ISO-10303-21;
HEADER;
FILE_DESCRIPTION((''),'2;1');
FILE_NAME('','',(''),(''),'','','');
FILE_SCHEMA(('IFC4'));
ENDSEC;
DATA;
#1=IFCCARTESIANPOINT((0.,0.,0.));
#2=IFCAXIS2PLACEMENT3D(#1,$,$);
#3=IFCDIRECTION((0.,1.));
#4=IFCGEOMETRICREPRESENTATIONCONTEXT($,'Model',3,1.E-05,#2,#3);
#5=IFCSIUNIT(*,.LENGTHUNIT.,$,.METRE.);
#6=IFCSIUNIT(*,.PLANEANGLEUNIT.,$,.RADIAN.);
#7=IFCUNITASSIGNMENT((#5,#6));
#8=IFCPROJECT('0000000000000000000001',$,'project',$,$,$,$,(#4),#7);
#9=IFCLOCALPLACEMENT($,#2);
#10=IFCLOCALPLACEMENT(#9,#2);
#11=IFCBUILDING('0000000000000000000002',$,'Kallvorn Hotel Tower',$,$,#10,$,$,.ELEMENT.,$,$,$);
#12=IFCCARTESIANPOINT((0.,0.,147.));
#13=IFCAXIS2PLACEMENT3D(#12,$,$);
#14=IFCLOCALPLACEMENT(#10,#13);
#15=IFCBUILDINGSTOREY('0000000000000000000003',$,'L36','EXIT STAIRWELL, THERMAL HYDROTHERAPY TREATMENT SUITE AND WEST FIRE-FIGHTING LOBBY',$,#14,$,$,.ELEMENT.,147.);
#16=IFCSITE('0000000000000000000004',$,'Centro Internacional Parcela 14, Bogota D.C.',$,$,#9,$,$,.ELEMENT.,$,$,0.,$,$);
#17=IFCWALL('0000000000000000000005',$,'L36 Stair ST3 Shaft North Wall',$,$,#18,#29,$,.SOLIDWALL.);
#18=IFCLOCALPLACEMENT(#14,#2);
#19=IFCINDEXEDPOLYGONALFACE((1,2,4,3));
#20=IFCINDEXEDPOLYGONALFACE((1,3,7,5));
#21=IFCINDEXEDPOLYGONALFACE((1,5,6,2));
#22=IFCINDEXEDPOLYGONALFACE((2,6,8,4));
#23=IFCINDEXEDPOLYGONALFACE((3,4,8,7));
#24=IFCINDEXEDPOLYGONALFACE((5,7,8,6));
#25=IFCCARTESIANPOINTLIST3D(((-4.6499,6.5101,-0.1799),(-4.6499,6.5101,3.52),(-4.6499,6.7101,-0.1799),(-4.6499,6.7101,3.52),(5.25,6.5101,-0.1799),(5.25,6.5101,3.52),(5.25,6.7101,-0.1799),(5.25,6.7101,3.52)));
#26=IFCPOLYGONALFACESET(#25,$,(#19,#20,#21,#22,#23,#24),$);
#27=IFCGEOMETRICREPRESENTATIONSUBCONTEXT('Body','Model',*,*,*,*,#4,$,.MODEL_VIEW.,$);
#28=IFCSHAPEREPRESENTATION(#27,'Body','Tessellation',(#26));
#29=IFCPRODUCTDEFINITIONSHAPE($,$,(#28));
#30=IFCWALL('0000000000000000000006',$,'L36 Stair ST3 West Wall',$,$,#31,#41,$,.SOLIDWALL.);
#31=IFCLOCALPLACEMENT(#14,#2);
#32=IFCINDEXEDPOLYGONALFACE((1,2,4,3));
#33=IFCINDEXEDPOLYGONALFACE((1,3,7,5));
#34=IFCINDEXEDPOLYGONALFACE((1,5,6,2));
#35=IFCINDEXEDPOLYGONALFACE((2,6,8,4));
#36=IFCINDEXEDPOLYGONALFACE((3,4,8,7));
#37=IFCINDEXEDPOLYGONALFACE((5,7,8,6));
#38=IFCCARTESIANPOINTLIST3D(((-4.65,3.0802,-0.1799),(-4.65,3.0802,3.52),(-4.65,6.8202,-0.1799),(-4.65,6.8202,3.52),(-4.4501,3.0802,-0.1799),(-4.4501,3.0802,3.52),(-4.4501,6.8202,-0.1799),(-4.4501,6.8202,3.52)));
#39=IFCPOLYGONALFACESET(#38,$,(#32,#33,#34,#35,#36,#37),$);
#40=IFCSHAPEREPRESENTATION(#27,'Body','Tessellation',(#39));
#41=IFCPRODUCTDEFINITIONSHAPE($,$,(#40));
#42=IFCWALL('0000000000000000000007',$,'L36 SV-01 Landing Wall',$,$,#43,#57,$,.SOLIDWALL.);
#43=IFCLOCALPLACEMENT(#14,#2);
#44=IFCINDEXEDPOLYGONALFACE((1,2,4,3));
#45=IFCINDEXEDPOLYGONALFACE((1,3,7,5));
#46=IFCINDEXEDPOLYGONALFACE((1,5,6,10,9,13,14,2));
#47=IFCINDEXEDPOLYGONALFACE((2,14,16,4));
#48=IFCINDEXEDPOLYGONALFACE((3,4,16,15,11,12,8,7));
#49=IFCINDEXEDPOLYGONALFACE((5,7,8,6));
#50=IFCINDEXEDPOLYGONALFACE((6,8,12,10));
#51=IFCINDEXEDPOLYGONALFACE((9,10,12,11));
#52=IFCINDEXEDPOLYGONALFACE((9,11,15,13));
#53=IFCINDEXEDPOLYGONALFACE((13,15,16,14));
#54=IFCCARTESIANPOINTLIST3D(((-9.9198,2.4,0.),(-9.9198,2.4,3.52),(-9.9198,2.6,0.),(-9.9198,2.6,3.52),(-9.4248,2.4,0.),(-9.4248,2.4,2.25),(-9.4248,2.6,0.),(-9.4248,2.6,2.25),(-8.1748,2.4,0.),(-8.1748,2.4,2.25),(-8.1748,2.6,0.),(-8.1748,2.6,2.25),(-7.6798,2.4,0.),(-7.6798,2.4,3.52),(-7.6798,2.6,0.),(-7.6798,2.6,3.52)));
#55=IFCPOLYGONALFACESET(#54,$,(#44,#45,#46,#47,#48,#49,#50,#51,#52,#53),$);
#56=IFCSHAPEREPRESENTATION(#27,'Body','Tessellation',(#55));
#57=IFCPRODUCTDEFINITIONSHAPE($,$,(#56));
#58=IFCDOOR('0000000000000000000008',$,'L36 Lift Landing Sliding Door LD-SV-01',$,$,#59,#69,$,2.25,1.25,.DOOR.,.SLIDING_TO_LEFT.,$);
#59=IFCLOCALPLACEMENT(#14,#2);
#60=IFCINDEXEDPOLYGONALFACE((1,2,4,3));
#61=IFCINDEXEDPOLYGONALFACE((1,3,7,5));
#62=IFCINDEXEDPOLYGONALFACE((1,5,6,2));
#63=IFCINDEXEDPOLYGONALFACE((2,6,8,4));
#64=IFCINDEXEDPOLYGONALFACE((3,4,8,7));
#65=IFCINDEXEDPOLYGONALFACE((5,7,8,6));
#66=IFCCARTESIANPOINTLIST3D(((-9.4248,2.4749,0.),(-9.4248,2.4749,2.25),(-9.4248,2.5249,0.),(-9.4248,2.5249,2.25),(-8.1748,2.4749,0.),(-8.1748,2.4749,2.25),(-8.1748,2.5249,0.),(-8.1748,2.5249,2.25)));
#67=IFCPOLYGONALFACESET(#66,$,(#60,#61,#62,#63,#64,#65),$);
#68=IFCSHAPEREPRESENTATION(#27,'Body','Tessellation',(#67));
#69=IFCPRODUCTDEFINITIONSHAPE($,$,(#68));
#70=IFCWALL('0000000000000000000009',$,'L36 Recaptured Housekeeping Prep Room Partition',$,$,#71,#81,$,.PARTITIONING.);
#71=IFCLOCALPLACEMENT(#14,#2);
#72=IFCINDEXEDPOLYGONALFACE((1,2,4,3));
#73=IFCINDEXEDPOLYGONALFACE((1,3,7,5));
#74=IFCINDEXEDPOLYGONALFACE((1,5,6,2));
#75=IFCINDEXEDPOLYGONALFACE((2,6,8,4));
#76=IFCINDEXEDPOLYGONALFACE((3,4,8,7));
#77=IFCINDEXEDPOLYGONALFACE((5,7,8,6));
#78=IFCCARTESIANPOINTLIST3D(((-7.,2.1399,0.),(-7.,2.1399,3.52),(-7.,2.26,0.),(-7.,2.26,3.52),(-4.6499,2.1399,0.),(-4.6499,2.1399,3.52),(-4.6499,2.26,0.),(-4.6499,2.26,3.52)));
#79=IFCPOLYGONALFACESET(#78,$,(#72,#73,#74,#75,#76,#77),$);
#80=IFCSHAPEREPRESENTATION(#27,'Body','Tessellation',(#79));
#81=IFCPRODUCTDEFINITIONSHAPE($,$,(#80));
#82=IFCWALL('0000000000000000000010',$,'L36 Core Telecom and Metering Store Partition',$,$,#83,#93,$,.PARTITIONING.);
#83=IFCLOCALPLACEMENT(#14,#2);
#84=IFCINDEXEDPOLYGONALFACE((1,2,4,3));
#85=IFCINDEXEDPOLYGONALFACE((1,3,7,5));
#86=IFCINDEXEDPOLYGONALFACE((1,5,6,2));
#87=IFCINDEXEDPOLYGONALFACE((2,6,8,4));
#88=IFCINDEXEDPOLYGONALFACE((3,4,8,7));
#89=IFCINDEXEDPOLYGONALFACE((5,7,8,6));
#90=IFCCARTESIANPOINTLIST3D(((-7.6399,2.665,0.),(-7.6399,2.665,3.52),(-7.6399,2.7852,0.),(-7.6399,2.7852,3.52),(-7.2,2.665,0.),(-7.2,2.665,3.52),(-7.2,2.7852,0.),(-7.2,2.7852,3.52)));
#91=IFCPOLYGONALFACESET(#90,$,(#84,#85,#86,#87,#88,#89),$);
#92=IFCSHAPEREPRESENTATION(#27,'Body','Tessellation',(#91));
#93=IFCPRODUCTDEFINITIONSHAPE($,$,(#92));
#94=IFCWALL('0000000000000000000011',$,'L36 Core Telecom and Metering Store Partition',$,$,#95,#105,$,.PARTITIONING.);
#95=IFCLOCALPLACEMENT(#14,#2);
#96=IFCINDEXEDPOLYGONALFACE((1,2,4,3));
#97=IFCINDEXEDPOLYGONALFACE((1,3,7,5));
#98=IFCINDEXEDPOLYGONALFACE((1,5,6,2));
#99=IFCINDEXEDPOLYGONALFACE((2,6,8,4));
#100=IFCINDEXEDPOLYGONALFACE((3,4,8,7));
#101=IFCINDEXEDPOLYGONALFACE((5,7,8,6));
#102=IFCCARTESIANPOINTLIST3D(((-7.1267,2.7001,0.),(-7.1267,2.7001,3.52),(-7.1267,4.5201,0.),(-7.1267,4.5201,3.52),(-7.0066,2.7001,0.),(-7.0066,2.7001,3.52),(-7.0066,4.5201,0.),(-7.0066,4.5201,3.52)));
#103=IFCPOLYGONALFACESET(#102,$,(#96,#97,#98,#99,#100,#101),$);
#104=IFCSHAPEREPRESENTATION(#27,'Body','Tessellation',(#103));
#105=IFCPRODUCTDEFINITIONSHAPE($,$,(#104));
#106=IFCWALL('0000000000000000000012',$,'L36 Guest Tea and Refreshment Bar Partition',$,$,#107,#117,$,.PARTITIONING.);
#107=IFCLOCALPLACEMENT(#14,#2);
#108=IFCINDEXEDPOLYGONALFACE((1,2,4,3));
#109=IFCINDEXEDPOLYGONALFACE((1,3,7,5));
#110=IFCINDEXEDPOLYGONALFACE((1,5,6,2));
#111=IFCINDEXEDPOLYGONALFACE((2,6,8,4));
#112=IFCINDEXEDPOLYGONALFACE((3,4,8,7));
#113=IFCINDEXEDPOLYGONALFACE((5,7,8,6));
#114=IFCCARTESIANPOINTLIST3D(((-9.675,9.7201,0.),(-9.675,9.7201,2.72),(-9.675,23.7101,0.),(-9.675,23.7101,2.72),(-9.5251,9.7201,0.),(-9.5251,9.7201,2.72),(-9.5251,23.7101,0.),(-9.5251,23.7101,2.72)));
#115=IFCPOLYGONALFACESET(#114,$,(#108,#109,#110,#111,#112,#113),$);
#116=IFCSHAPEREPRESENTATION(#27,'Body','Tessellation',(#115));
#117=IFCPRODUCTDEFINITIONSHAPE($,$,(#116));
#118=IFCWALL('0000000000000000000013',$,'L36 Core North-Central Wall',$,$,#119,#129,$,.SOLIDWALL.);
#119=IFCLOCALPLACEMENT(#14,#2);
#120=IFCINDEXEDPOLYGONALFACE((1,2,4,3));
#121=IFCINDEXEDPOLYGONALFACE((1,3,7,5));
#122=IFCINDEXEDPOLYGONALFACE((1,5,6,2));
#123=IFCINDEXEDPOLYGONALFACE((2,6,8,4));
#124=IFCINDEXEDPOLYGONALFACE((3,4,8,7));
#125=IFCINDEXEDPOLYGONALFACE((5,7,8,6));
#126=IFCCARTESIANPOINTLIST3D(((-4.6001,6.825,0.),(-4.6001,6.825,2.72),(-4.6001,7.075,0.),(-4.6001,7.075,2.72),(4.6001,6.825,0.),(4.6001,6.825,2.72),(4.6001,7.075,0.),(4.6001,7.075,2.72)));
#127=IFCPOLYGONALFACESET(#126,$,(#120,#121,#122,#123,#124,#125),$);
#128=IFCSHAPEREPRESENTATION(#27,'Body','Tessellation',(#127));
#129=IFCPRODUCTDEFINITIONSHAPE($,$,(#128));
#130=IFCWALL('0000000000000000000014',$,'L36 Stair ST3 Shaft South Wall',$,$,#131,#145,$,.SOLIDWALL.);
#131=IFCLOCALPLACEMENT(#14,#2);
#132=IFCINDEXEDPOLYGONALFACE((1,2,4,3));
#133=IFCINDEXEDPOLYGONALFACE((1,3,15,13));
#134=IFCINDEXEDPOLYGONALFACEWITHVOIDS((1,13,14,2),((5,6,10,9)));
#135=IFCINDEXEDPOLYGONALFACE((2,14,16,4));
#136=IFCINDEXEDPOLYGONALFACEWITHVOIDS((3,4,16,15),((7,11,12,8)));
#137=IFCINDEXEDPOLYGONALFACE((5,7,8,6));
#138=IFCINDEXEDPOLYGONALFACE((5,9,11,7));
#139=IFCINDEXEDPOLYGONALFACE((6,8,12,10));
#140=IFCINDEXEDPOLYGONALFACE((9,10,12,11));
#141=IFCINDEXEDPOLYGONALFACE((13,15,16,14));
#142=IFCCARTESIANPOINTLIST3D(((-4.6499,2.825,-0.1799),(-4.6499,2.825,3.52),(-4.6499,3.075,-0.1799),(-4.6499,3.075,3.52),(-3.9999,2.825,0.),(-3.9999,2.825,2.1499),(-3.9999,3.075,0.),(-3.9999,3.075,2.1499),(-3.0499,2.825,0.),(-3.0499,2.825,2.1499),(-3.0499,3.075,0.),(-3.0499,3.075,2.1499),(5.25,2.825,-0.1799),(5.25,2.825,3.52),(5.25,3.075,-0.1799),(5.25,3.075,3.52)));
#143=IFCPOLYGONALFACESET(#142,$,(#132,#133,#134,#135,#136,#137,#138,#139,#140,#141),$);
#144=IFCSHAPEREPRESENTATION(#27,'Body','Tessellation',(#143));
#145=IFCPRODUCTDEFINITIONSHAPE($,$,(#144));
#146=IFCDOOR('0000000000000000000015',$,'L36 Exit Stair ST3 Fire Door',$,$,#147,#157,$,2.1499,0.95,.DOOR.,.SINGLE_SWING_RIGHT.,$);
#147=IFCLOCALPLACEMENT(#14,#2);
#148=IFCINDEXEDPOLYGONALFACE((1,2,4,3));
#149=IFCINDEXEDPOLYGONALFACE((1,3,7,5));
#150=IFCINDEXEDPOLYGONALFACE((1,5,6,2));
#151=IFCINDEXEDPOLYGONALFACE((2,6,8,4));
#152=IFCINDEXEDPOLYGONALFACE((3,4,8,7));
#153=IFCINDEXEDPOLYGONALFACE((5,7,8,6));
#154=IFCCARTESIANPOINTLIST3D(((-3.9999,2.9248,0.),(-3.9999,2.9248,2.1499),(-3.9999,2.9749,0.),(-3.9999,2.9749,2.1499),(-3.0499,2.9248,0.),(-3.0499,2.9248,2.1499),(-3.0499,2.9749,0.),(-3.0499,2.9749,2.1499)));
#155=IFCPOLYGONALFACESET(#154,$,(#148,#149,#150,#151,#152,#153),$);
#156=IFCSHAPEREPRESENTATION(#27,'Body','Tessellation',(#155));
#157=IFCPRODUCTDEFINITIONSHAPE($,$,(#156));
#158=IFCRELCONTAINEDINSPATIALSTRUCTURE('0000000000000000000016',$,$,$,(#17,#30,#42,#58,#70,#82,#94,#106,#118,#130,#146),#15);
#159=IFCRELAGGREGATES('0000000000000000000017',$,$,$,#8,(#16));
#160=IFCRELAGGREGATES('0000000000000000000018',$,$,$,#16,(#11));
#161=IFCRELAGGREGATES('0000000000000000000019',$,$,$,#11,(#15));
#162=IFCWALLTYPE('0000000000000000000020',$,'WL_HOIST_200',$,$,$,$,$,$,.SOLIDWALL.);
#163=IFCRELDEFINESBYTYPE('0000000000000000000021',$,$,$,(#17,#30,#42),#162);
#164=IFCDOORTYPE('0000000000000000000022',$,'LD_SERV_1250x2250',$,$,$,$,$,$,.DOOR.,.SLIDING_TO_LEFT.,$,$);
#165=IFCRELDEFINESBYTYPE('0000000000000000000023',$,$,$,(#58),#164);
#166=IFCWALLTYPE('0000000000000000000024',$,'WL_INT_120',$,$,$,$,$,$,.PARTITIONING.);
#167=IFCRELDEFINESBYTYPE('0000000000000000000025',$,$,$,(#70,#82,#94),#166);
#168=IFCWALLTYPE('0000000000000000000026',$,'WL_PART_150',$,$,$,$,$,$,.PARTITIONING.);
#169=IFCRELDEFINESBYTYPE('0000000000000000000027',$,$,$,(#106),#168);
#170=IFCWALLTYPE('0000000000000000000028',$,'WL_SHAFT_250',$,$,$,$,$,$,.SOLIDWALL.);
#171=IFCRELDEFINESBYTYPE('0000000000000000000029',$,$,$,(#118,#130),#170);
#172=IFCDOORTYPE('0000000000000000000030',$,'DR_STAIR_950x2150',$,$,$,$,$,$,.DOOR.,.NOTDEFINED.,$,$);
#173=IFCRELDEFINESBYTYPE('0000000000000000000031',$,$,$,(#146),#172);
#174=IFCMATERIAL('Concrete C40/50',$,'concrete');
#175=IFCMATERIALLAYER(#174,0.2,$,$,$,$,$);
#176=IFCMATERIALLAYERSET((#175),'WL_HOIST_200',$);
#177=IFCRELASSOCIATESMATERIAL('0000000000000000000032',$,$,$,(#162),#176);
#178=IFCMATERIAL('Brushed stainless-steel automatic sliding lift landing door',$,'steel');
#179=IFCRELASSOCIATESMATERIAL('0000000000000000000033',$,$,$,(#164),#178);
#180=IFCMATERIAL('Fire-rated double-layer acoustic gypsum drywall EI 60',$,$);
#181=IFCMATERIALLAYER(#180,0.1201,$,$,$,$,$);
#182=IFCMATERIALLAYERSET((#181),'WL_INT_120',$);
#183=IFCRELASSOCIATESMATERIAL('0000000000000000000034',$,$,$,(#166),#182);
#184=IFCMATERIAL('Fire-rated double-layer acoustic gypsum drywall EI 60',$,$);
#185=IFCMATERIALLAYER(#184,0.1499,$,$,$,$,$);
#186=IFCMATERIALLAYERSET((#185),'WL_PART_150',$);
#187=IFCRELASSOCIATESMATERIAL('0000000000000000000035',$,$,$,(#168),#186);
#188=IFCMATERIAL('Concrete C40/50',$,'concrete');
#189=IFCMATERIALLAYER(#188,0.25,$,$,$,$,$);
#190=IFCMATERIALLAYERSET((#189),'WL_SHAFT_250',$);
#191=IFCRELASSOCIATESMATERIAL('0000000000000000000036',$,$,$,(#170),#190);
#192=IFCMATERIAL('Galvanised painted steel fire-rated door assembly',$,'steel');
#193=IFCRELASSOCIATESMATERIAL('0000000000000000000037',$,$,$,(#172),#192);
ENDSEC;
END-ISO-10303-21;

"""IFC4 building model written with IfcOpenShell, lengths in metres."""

from ifc_helpers import new_model, si_unit, direction, frame, frame_2d, origin, place, context, subcontext, project, spatial, rectangle, extrude, material, layer, layer_set, type_object, element, fill, save


model = new_model("IFC4")

# Units and contexts
model_context = context("Model", 3, precision=1e-05, world=origin(), true_north=direction((0.0, 1.0)))
body_context = subcontext(model_context, "Body", "Model", "MODEL_VIEW")
ifc_project = project(units=[si_unit("LENGTHUNIT", "METRE"), si_unit("PLANEANGLEUNIT", "RADIAN")], contexts=[model_context])

# Site, building, storey
site_placement = place(None, origin())
site = spatial("IfcSite", under=ifc_project, at=site_placement, Name="Centro Internacional Parcela 14, Bogota D.C.", CompositionType="ELEMENT", RefElevation=0.0)
building_placement = place(site_placement, origin())
building = spatial("IfcBuilding", under=site, at=building_placement, Name="Kallvorn Hotel Tower", CompositionType="ELEMENT")
storey_placement = place(building_placement, frame((0.0, 0.0, 147.0)))
storey = spatial("IfcBuildingStorey", under=building, at=storey_placement, Name="L36", Description="EXIT STAIRWELL, THERMAL HYDROTHERAPY TREATMENT SUITE AND WEST FIRE-FIGHTING LOBBY", CompositionType="ELEMENT", Elevation=147.0)

# Walls
ifc_material_1 = material(Name="Concrete C40/50", Category="concrete")
ifc_layer_1 = layer(ifc_material_1, 0.2)
ifc_layer_set_1 = layer_set([ifc_layer_1], Name="WL_HOIST_200")
wall_type_1 = type_object("IfcWallType", Name="WL_HOIST_200", PredefinedType="SOLIDWALL", material=ifc_layer_set_1)
wall_1_placement = place(storey_placement, frame((-4.6499, 6.6101, -0.1799), z_axis=(0.0, 0.0, 1.0), x_axis=(1.0, 0.0, 0.0)))
element("IfcWall", 1, at=wall_1_placement, inside=storey, type_object=wall_type_1, Name="L36 Stair ST3 Shaft North Wall", PredefinedType="SOLIDWALL", context=body_context, shape_type="SweptSolid", body=[
    extrude(rectangle(XDim=9.8999, YDim=0.2, at=frame_2d((4.95, 0.0))), origin(), (0.0, 0.0, 1.0), 3.7),
])
wall_2_placement = place(storey_placement, frame((-4.55, 3.0801, -0.1799), z_axis=(0.0, 0.0, 1.0), x_axis=(0.0, 1.0, 0.0)))
element("IfcWall", 2, at=wall_2_placement, inside=storey, type_object=wall_type_1, Name="L36 Stair ST3 West Wall", PredefinedType="SOLIDWALL", context=body_context, shape_type="SweptSolid", body=[
    extrude(rectangle(XDim=3.74, YDim=0.2, at=frame_2d((1.8701, 0.0))), origin(), (0.0, 0.0, 1.0), 3.7),
])

# Wall, opening, door
wall_3_placement = place(storey_placement, frame((-9.9199, 2.5, 0.0), z_axis=(0.0, 0.0, 1.0), x_axis=(1.0, 0.0, 0.0)))
wall_3 = element("IfcWall", 3, at=wall_3_placement, inside=storey, type_object=wall_type_1, Name="L36 SV-01 Landing Wall", PredefinedType="SOLIDWALL", context=body_context, shape_type="SweptSolid", body=[
    extrude(rectangle(XDim=2.24, YDim=0.2, at=frame_2d((1.1201, 0.0))), origin(), (0.0, 0.0, 1.0), 3.52),
])
opening_1_placement = place(wall_3_placement, frame((0.4951, 0.0, 0.0)))
opening_1 = element("IfcOpeningElement", 4, at=opening_1_placement, cuts=wall_3, PredefinedType="OPENING", context=body_context, shape_type="SweptSolid", body=[
    extrude(rectangle(XDim=1.25, YDim=2.25, at=frame_2d((0.625, 1.125))), frame((0.0, 0.115, 0.0), z_axis=(0.0, -1.0, 0.0), x_axis=(1.0, 0.0, 0.0)), (0.0, 0.0, 1.0), 0.23),
])
ifc_material_2 = material(Name="Brushed stainless-steel automatic sliding lift landing door", Category="steel")
door_type_1 = type_object("IfcDoorType", Name="LD_SERV_1250x2250", OperationType="SLIDING_TO_LEFT", PredefinedType="DOOR", material=ifc_material_2)
door_1_placement = place(opening_1_placement, origin())
door_1 = element("IfcDoor", 5, at=door_1_placement, inside=storey, type_object=door_type_1, Name="L36 Lift Landing Sliding Door LD-SV-01", OperationType="SLIDING_TO_LEFT", OverallHeight=2.25, OverallWidth=1.25, PredefinedType="DOOR", context=body_context, shape_type="SweptSolid", body=[
    extrude(rectangle(XDim=1.25, YDim=2.25, at=frame_2d((0.625, 1.125))), frame((0.0, 0.0249, 0.0), z_axis=(0.0, -1.0, 0.0), x_axis=(1.0, 0.0, 0.0)), (0.0, 0.0, 1.0), 0.05),
])
fill(opening_1, door_1)

# Walls
ifc_material_3 = material(Name="Fire-rated double-layer acoustic gypsum drywall EI 60")
ifc_layer_2 = layer(ifc_material_3, 0.1201)
ifc_layer_set_2 = layer_set([ifc_layer_2], Name="WL_INT_120")
wall_type_2 = type_object("IfcWallType", Name="WL_INT_120", PredefinedType="PARTITIONING", material=ifc_layer_set_2)
wall_4_placement = place(storey_placement, frame((-7.0, 2.2, 0.0), z_axis=(0.0, 0.0, 1.0), x_axis=(1.0, 0.0, 0.0)))
element("IfcWall", 6, at=wall_4_placement, inside=storey, type_object=wall_type_2, Name="L36 Recaptured Housekeeping Prep Room Partition", PredefinedType="PARTITIONING", context=body_context, shape_type="SweptSolid", body=[
    extrude(rectangle(XDim=2.3501, YDim=0.1201, at=frame_2d((1.175, 0.0))), origin(), (0.0, 0.0, 1.0), 3.52),
])
wall_5_placement = place(storey_placement, frame((-7.6399, 2.7251, 0.0), z_axis=(0.0, 0.0, 1.0), x_axis=(1.0, 0.0, 0.0)))
element("IfcWall", 7, at=wall_5_placement, inside=storey, type_object=wall_type_2, Name="L36 Core Telecom and Metering Store Partition", PredefinedType="PARTITIONING", context=body_context, shape_type="SweptSolid", body=[
    extrude(rectangle(XDim=0.4399, YDim=0.1201, at=frame_2d((0.22, 0.0))), origin(), (0.0, 0.0, 1.0), 3.52),
])
wall_6_placement = place(storey_placement, frame((-7.0667, 2.7, 0.0), z_axis=(0.0, 0.0, 1.0), x_axis=(0.0, 1.0, 0.0)))
element("IfcWall", 8, at=wall_6_placement, inside=storey, type_object=wall_type_2, Name="L36 Core Telecom and Metering Store Partition", PredefinedType="PARTITIONING", context=body_context, shape_type="SweptSolid", body=[
    extrude(rectangle(XDim=1.8201, YDim=0.1201, at=frame_2d((0.9102, 0.0))), origin(), (0.0, 0.0, 1.0), 3.52),
])
ifc_material_4 = material(Name="Fire-rated double-layer acoustic gypsum drywall EI 60")
ifc_layer_3 = layer(ifc_material_4, 0.1499)
ifc_layer_set_3 = layer_set([ifc_layer_3], Name="WL_PART_150")
wall_type_3 = type_object("IfcWallType", Name="WL_PART_150", PredefinedType="PARTITIONING", material=ifc_layer_set_3)
wall_7_placement = place(storey_placement, frame((-9.6001, 9.72, 0.0), z_axis=(0.0, 0.0, 1.0), x_axis=(0.0, 1.0, 0.0)))
element("IfcWall", 9, at=wall_7_placement, inside=storey, type_object=wall_type_3, Name="L36 Guest Tea and Refreshment Bar Partition", PredefinedType="PARTITIONING", context=body_context, shape_type="SweptSolid", body=[
    extrude(rectangle(XDim=13.99, YDim=0.1499, at=frame_2d((6.9951, 0.0))), origin(), (0.0, 0.0, 1.0), 2.72),
])
ifc_material_5 = material(Name="Concrete C40/50", Category="concrete")
ifc_layer_4 = layer(ifc_material_5, 0.25)
ifc_layer_set_4 = layer_set([ifc_layer_4], Name="WL_SHAFT_250")
wall_type_4 = type_object("IfcWallType", Name="WL_SHAFT_250", PredefinedType="SOLIDWALL", material=ifc_layer_set_4)
wall_8_placement = place(storey_placement, frame((-4.6001, 6.95, 0.0), z_axis=(0.0, 0.0, 1.0), x_axis=(1.0, 0.0, 0.0)))
element("IfcWall", 10, at=wall_8_placement, inside=storey, type_object=wall_type_4, Name="L36 Core North-Central Wall", PredefinedType="SOLIDWALL", context=body_context, shape_type="SweptSolid", body=[
    extrude(rectangle(XDim=9.2002, YDim=0.25, at=frame_2d((4.6001, 0.0))), origin(), (0.0, 0.0, 1.0), 2.72),
])

# Wall, opening, door
wall_9_placement = place(storey_placement, frame((-4.6499, 2.95, -0.1799), z_axis=(0.0, 0.0, 1.0), x_axis=(1.0, 0.0, 0.0)))
wall_9 = element("IfcWall", 11, at=wall_9_placement, inside=storey, type_object=wall_type_4, Name="L36 Stair ST3 Shaft South Wall", PredefinedType="SOLIDWALL", context=body_context, shape_type="SweptSolid", body=[
    extrude(rectangle(XDim=9.8999, YDim=0.25, at=frame_2d((4.95, 0.0))), origin(), (0.0, 0.0, 1.0), 3.7),
])
opening_2_placement = place(wall_9_placement, frame((0.6499, 0.0, 0.1799)))
opening_2 = element("IfcOpeningElement", 12, at=opening_2_placement, cuts=wall_9, PredefinedType="OPENING", context=body_context, shape_type="SweptSolid", body=[
    extrude(rectangle(XDim=0.95, YDim=2.1499, at=frame_2d((0.4751, 1.075))), frame((0.0, 0.1399, 0.0), z_axis=(0.0, -1.0, 0.0), x_axis=(1.0, 0.0, 0.0)), (0.0, 0.0, 1.0), 0.28),
])
ifc_material_6 = material(Name="Galvanised painted steel fire-rated door assembly", Category="steel")
door_type_2 = type_object("IfcDoorType", Name="DR_STAIR_950x2150", OperationType="NOTDEFINED", PredefinedType="DOOR", material=ifc_material_6)
door_2_placement = place(opening_2_placement, origin())
door_2 = element("IfcDoor", 13, at=door_2_placement, inside=storey, type_object=door_type_2, Name="L36 Exit Stair ST3 Fire Door", OperationType="SINGLE_SWING_RIGHT", OverallHeight=2.1499, OverallWidth=0.95, PredefinedType="DOOR", context=body_context, shape_type="SweptSolid", body=[
    extrude(rectangle(XDim=0.95, YDim=2.1499, at=frame_2d((0.4751, 1.075))), frame((0.0, 0.0249, 0.0), z_axis=(0.0, -1.0, 0.0), x_axis=(1.0, 0.0, 0.0)), (0.0, 0.0, 1.0), 0.05),
])
fill(opening_2, door_2)

save(model, "model.ifc")
